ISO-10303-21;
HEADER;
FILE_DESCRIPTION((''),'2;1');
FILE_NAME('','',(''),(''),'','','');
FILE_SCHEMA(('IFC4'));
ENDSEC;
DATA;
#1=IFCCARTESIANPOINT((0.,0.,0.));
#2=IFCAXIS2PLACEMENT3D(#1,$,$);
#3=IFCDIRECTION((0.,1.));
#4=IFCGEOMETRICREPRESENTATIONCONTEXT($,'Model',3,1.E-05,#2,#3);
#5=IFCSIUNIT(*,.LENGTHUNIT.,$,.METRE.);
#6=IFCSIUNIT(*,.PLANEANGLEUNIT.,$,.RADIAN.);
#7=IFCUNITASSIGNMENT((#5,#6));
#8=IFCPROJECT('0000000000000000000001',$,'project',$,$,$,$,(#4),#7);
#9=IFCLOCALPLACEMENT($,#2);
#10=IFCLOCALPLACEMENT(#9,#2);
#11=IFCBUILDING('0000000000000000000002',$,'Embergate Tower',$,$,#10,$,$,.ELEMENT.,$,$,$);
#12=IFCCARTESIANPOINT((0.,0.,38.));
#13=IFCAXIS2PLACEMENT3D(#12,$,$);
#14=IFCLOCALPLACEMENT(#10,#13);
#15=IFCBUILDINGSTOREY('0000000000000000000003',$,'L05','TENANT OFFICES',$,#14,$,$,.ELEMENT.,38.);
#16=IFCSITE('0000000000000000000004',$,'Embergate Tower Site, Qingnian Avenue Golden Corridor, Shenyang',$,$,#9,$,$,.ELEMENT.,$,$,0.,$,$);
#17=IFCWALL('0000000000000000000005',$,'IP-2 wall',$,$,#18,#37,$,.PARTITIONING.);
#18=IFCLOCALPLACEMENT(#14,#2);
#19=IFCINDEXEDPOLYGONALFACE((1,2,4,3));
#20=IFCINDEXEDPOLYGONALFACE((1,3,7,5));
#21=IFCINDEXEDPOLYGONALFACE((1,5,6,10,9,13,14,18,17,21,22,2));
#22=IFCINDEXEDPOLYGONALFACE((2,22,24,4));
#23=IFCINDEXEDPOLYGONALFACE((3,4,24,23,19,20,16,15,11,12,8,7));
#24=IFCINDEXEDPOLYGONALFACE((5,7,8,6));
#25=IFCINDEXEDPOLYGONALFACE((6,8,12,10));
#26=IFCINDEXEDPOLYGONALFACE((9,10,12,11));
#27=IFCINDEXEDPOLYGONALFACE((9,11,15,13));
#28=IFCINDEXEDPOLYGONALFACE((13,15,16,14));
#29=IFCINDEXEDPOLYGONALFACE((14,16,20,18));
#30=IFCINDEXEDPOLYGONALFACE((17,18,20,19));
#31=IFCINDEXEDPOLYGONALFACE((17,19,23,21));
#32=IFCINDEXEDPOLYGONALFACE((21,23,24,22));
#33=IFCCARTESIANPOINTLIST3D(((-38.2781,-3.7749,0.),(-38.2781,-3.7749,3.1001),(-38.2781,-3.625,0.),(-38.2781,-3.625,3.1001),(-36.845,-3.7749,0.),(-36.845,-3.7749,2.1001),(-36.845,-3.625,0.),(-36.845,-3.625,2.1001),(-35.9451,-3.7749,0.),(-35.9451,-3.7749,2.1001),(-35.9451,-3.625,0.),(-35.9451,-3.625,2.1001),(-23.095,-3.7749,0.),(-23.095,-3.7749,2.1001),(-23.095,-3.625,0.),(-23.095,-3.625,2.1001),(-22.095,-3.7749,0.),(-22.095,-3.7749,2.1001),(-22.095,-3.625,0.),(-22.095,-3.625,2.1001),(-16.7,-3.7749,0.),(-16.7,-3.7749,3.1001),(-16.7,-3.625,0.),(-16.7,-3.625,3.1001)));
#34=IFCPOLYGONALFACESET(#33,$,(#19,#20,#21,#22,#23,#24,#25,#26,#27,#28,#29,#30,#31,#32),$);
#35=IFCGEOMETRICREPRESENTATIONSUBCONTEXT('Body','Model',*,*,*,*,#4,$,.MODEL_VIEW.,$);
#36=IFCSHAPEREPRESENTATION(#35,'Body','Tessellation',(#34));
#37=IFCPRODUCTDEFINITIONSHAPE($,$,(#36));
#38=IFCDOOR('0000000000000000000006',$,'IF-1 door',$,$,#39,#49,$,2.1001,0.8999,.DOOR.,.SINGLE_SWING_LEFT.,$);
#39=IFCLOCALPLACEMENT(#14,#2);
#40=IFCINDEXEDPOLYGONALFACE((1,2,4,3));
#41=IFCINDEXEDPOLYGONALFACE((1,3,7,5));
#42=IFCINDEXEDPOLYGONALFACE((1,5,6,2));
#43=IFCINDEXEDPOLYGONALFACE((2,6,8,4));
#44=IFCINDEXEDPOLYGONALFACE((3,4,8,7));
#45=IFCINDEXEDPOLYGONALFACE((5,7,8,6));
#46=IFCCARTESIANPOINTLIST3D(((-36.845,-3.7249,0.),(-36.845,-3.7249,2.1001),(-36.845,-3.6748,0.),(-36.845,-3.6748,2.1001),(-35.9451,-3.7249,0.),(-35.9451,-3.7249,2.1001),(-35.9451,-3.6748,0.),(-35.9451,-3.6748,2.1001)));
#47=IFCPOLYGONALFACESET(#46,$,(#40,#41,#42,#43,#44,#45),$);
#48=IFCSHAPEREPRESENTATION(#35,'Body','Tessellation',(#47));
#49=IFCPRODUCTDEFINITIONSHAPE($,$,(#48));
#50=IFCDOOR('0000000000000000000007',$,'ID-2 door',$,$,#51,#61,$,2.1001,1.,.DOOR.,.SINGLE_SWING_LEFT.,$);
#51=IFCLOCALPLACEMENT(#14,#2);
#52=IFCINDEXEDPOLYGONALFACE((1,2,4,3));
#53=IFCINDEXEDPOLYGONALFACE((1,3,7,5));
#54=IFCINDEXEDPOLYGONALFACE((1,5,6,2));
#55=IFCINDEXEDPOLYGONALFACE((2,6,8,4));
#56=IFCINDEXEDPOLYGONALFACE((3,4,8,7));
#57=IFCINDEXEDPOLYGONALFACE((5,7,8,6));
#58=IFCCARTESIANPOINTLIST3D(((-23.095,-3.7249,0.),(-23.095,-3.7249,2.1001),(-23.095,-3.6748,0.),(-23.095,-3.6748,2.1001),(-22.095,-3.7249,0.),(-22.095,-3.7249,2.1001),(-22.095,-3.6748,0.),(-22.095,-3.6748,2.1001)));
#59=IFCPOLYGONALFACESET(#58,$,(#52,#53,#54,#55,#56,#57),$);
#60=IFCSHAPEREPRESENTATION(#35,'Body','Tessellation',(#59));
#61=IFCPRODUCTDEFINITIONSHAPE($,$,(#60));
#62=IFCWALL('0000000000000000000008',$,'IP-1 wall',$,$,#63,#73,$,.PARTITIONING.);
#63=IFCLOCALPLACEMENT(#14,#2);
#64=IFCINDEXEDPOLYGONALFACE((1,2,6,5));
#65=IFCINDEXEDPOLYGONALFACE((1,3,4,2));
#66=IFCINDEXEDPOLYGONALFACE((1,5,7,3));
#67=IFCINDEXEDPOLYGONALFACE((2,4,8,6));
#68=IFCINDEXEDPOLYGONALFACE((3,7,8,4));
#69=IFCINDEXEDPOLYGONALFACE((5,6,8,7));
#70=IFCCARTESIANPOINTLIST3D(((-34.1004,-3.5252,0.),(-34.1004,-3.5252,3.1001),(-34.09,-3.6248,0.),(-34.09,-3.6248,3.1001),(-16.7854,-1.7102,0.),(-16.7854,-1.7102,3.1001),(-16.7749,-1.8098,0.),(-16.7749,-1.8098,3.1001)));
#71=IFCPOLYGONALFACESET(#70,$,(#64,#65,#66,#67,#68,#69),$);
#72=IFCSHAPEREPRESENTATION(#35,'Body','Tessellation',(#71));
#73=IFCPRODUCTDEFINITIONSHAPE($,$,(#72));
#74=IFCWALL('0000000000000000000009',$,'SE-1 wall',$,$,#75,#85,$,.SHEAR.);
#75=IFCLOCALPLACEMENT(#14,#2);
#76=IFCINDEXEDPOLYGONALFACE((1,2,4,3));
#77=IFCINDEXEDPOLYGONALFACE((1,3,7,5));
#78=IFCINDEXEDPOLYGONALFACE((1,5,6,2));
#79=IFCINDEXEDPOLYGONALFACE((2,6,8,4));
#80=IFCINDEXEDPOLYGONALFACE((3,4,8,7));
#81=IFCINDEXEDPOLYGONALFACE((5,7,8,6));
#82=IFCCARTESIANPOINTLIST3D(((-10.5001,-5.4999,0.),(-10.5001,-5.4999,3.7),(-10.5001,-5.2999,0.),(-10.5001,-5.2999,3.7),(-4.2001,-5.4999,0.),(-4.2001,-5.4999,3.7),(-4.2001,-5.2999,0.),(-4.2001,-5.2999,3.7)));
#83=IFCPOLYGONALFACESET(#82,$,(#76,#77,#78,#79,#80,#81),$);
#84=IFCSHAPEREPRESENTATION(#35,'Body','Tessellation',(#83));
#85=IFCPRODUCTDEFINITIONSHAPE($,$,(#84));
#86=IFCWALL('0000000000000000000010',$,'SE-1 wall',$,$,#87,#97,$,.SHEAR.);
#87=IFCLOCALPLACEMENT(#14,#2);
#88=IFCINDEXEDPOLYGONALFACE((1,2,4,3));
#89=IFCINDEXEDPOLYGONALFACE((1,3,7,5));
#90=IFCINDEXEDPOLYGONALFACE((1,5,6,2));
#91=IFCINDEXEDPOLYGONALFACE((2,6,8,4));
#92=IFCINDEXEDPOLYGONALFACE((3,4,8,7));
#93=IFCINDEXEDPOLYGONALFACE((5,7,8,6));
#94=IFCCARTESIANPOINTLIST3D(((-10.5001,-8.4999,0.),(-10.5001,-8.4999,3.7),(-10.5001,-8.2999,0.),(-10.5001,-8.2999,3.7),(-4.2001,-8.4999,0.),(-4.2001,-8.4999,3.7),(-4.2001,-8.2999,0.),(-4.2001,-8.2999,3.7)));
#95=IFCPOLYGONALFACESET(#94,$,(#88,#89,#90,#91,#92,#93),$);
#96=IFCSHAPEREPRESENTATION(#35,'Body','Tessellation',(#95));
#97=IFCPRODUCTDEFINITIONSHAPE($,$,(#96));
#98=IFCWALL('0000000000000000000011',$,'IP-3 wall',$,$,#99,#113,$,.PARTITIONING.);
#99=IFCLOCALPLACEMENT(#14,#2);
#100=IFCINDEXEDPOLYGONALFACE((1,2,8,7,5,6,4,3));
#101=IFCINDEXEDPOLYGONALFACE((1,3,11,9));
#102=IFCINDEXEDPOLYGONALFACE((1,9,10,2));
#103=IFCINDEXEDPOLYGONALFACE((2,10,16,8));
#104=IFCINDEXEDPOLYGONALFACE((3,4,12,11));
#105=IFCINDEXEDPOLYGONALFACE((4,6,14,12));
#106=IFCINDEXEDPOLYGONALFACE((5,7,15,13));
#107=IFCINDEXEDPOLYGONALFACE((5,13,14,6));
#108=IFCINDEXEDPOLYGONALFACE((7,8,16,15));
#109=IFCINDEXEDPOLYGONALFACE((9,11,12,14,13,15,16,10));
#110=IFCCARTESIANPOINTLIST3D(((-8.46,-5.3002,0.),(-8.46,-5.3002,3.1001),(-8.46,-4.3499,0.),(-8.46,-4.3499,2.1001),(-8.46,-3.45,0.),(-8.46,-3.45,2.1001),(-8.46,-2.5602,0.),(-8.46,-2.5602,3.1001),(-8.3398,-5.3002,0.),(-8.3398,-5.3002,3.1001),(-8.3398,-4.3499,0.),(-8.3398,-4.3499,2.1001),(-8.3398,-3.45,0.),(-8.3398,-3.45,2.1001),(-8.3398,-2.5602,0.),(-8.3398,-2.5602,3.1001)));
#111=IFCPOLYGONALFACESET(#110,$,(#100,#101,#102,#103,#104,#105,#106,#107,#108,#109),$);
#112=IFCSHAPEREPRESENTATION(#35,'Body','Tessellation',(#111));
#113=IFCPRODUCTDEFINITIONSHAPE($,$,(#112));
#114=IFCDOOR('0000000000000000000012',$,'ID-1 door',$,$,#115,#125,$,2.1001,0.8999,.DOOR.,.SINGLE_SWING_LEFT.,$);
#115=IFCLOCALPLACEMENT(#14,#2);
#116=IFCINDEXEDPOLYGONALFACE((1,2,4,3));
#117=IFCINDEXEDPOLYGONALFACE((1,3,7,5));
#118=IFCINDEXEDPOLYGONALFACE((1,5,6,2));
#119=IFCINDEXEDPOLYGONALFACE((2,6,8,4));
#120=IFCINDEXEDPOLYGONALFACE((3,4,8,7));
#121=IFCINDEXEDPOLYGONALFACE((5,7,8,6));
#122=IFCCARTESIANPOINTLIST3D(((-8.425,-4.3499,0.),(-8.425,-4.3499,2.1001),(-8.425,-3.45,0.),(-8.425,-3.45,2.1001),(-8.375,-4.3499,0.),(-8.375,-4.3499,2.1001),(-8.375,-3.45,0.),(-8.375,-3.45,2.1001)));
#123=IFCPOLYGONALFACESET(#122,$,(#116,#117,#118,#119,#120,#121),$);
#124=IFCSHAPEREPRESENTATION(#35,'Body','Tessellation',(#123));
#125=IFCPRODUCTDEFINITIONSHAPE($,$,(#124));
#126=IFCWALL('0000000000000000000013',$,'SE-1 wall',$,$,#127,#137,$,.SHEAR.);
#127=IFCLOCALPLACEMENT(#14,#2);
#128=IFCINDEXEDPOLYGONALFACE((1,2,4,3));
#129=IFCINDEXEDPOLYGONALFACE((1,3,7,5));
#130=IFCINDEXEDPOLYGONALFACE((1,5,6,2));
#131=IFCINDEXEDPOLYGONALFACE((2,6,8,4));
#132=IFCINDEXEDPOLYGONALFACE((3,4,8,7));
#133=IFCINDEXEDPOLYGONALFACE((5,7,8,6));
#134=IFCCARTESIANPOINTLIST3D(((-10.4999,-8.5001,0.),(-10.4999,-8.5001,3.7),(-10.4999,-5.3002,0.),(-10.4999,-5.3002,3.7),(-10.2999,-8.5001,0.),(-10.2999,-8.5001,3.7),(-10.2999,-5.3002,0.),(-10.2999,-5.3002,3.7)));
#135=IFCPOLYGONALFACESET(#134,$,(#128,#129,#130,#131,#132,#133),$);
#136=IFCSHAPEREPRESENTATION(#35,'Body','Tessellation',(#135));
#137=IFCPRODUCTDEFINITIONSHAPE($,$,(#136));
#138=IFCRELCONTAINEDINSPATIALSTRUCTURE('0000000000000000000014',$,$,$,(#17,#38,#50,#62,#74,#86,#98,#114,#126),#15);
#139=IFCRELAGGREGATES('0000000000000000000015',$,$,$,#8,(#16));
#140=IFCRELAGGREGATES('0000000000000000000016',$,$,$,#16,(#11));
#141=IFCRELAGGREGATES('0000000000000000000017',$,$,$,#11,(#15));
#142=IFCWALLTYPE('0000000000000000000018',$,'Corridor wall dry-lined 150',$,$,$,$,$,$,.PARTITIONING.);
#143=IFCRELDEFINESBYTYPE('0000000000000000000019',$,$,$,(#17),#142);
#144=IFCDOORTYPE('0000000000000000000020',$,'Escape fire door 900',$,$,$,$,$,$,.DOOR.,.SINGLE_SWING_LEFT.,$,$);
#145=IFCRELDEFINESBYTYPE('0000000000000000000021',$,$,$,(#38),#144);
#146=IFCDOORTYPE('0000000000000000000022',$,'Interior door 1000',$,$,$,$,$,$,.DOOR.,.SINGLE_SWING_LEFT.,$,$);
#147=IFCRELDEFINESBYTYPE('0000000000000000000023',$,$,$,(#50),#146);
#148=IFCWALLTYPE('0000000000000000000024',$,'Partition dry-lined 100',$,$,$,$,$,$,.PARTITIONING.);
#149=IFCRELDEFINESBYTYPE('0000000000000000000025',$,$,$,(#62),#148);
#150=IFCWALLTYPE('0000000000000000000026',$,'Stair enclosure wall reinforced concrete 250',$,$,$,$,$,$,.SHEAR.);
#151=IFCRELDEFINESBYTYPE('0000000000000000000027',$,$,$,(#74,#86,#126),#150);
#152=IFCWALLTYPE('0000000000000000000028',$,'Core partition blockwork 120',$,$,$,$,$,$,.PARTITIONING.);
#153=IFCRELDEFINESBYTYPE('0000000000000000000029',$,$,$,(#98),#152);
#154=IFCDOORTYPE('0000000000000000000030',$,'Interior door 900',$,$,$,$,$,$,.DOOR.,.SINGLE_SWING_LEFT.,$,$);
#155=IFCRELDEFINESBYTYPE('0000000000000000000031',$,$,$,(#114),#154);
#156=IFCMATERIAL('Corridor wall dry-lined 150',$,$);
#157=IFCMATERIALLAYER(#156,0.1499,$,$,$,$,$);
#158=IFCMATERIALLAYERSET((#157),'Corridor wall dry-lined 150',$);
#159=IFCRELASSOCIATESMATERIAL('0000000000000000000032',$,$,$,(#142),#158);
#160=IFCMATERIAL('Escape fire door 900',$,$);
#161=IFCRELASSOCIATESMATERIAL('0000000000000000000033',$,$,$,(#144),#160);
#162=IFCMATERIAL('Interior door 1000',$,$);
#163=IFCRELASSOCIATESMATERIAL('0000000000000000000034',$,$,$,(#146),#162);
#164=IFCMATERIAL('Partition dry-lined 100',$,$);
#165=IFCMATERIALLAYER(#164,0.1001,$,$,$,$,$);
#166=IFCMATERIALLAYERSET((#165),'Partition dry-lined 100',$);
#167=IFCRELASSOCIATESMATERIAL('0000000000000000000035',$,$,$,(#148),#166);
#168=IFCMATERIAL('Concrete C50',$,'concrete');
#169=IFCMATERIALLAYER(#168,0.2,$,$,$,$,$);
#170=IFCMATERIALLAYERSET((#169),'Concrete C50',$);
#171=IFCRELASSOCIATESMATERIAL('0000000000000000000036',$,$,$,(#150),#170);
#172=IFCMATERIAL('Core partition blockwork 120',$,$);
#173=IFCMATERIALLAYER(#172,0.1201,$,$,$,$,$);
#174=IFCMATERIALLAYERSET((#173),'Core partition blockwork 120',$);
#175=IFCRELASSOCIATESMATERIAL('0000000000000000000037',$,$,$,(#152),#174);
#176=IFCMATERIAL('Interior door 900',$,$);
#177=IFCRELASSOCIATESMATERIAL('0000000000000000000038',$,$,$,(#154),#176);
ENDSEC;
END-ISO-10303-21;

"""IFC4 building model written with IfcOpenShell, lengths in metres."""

from ifc_helpers import new_model, si_unit, direction, frame, frame_2d, origin, place, context, subcontext, project, spatial, rectangle, extrude, source, transform, mapped, material, layer, layer_set, type_object, element, fill, save


model = new_model("IFC4")

# Units and contexts
model_context = context("Model", 3, precision=1e-05, world=origin(), true_north=direction((0.0, 1.0)))
body_context = subcontext(model_context, "Body", "Model", "MODEL_VIEW")
ifc_project = project(units=[si_unit("LENGTHUNIT", "METRE"), si_unit("PLANEANGLEUNIT", "RADIAN")], contexts=[model_context])

# Site, building, storey
site_placement = place(None, origin())
site = spatial("IfcSite", under=ifc_project, at=site_placement, Name="Embergate Tower Site, Qingnian Avenue Golden Corridor, Shenyang", CompositionType="ELEMENT", RefElevation=0.0)
building_placement = place(site_placement, origin())
building = spatial("IfcBuilding", under=site, at=building_placement, Name="Embergate Tower", CompositionType="ELEMENT")
storey_placement = place(building_placement, frame((0.0, 0.0, 38.0)))
storey = spatial("IfcBuildingStorey", under=building, at=storey_placement, Name="L05", Description="TENANT OFFICES", CompositionType="ELEMENT", Elevation=38.0)

# Shared definitions
ifc_material_1 = material(Name="Corridor wall dry-lined 150")
ifc_layer_1 = layer(ifc_material_1, 0.1499)
ifc_layer_set_1 = layer_set([ifc_layer_1], Name="Corridor wall dry-lined 150")
wall_type_1 = type_object("IfcWallType", Name="Corridor wall dry-lined 150", PredefinedType="PARTITIONING", material=ifc_layer_set_1)

# Wall, openings, doors
shared_shape_1 = source(origin(), body_context, "Body", "SweptSolid", [
    extrude(rectangle(XDim=21.5781, YDim=0.1499, at=frame_2d((10.7891, 0.0))), origin(), (0.0, 0.0, 1.0), 3.1001),
])
wall_1_placement = place(storey_placement, frame((-16.7, -3.7, 0.0), z_axis=(0.0, 0.0, 1.0), x_axis=(-1.0, 0.0, 0.0)))
wall_1 = element("IfcWall", 1, at=wall_1_placement, inside=storey, type_object=wall_type_1, Name="IP-2 wall", PredefinedType="PARTITIONING", context=body_context, shape_type="MappedRepresentation", body=[
    mapped(shared_shape_1, transform((0.0, 0.0, 0.0))),
])
shared_shape_2 = source(origin(), body_context, "Body", "SweptSolid", [
    extrude(rectangle(XDim=0.8999, YDim=2.1001, at=frame_2d((0.45, 1.05))), frame((0.0, 0.085, 0.0), z_axis=(0.0, -1.0, 0.0), x_axis=(1.0, 0.0, 0.0)), (0.0, 0.0, 1.0), 0.1699),
])
opening_1_placement = place(wall_1_placement, frame((19.2451, 0.0, 0.0)))
opening_1 = element("IfcOpeningElement", 2, at=opening_1_placement, cuts=wall_1, PredefinedType="OPENING", context=body_context, shape_type="MappedRepresentation", body=[
    mapped(shared_shape_2, transform((0.0, 0.0, 0.0))),
])
shared_shape_3 = source(origin(), body_context, "Body", "SweptSolid", [
    extrude(rectangle(XDim=1.0, YDim=2.1001, at=frame_2d((0.5, 1.05))), frame((0.0, 0.085, 0.0), z_axis=(0.0, -1.0, 0.0), x_axis=(1.0, 0.0, 0.0)), (0.0, 0.0, 1.0), 0.1699),
])
opening_2_placement = place(wall_1_placement, frame((5.395, 0.0, 0.0)))
opening_2 = element("IfcOpeningElement", 3, at=opening_2_placement, cuts=wall_1, PredefinedType="OPENING", context=body_context, shape_type="MappedRepresentation", body=[
    mapped(shared_shape_3, transform((0.0, 0.0, 0.0))),
])
ifc_material_2 = material(Name="Escape fire door 900")
door_type_1 = type_object("IfcDoorType", Name="Escape fire door 900", OperationType="SINGLE_SWING_LEFT", PredefinedType="DOOR", material=ifc_material_2)
shared_shape_4 = source(origin(), body_context, "Body", "SweptSolid", [
    extrude(rectangle(XDim=0.8999, YDim=2.1001, at=frame_2d((0.45, 1.05))), frame((0.0, 0.0249, 0.0), z_axis=(0.0, -1.0, 0.0), x_axis=(1.0, 0.0, 0.0)), (0.0, 0.0, 1.0), 0.05),
])
door_1_placement = place(opening_1_placement, origin())
door_1 = element("IfcDoor", 4, at=door_1_placement, inside=storey, type_object=door_type_1, Name="IF-1 door", OperationType="SINGLE_SWING_LEFT", OverallHeight=2.1001, OverallWidth=0.8999, PredefinedType="DOOR", context=body_context, shape_type="MappedRepresentation", body=[
    mapped(shared_shape_4, transform((0.0, 0.0, 0.0))),
])
fill(opening_1, door_1)
ifc_material_3 = material(Name="Interior door 1000")
door_type_2 = type_object("IfcDoorType", Name="Interior door 1000", OperationType="SINGLE_SWING_LEFT", PredefinedType="DOOR", material=ifc_material_3)
shared_shape_5 = source(origin(), body_context, "Body", "SweptSolid", [
    extrude(rectangle(XDim=1.0, YDim=2.1001, at=frame_2d((0.5, 1.05))), frame((0.0, 0.0249, 0.0), z_axis=(0.0, -1.0, 0.0), x_axis=(1.0, 0.0, 0.0)), (0.0, 0.0, 1.0), 0.05),
])
door_2_placement = place(opening_2_placement, origin())
door_2 = element("IfcDoor", 5, at=door_2_placement, inside=storey, type_object=door_type_2, Name="ID-2 door", OperationType="SINGLE_SWING_LEFT", OverallHeight=2.1001, OverallWidth=1.0, PredefinedType="DOOR", context=body_context, shape_type="MappedRepresentation", body=[
    mapped(shared_shape_5, transform((0.0, 0.0, 0.0))),
])
fill(opening_2, door_2)

# Walls
ifc_material_4 = material(Name="Partition dry-lined 100")
ifc_layer_2 = layer(ifc_material_4, 0.1001)
ifc_layer_set_2 = layer_set([ifc_layer_2], Name="Partition dry-lined 100")
wall_type_2 = type_object("IfcWallType", Name="Partition dry-lined 100", PredefinedType="PARTITIONING", material=ifc_layer_set_2)
shared_shape_6 = source(origin(), body_context, "Body", "SweptSolid", [
    extrude(rectangle(XDim=17.4099, YDim=0.1001, at=frame_2d((8.7051, 0.0))), origin(), (0.0, 0.0, 1.0), 3.1001),
])
wall_2_placement = place(storey_placement, frame((-16.78, -1.76, 0.0), z_axis=(0.0, 0.0, 1.0), x_axis=(-0.994551, -0.104248, 0.0)))
element("IfcWall", 6, at=wall_2_placement, inside=storey, type_object=wall_type_2, Name="IP-1 wall", PredefinedType="PARTITIONING", context=body_context, shape_type="MappedRepresentation", body=[
    mapped(shared_shape_6, transform((0.0, 0.0, 0.0))),
])
ifc_material_5 = material(Name="Concrete C50", Category="concrete")
ifc_layer_3 = layer(ifc_material_5, 0.2)
ifc_layer_set_3 = layer_set([ifc_layer_3], Name="Concrete C50")
wall_type_3 = type_object("IfcWallType", Name="Stair enclosure wall reinforced concrete 250", PredefinedType="SHEAR", material=ifc_layer_set_3)
shared_shape_7 = source(origin(), body_context, "Body", "SweptSolid", [
    extrude(rectangle(XDim=6.3, YDim=0.2, at=frame_2d((3.1499, 0.0))), origin(), (0.0, 0.0, 1.0), 3.7),
])
for number, where, z_axis, x_axis, name in (
    (7, (-10.5, -5.3999, 0.0), (0.0, 0.0, 1.0), (1.0, 0.0, 0.0), "SE-1 wall"),
    (8, (-10.5, -8.3999, 0.0), (0.0, 0.0, 1.0), (1.0, 0.0, 0.0), "SE-1 wall"),
):
    element("IfcWall", number, at=place(storey_placement, frame(where, z_axis=z_axis, x_axis=x_axis)), inside=storey, type_object=wall_type_3, Name=name, PredefinedType="SHEAR", context=body_context, shape_type="MappedRepresentation", body=[
        mapped(shared_shape_7, transform((0.0, 0.0, 0.0))),
    ])

# Wall, opening, door
ifc_material_6 = material(Name="Core partition blockwork 120")
ifc_layer_4 = layer(ifc_material_6, 0.1201)
ifc_layer_set_4 = layer_set([ifc_layer_4], Name="Core partition blockwork 120")
wall_type_4 = type_object("IfcWallType", Name="Core partition blockwork 120", PredefinedType="PARTITIONING", material=ifc_layer_set_4)
shared_shape_8 = source(origin(), body_context, "Body", "SweptSolid", [
    extrude(rectangle(XDim=2.74, YDim=0.1201, at=frame_2d((1.3701, 0.0))), origin(), (0.0, 0.0, 1.0), 3.1001),
])
wall_3_placement = place(storey_placement, frame((-8.3999, -2.5601, 0.0), z_axis=(0.0, 0.0, 1.0), x_axis=(0.0, -1.0, 0.0)))
wall_3 = element("IfcWall", 9, at=wall_3_placement, inside=storey, type_object=wall_type_4, Name="IP-3 wall", PredefinedType="PARTITIONING", context=body_context, shape_type="MappedRepresentation", body=[
    mapped(shared_shape_8, transform((0.0, 0.0, 0.0))),
])
shared_shape_9 = source(origin(), body_context, "Body", "SweptSolid", [
    extrude(rectangle(XDim=0.8999, YDim=2.1001, at=frame_2d((0.45, 1.05))), frame((0.0, 0.0701, 0.0), z_axis=(0.0, -1.0, 0.0), x_axis=(1.0, 0.0, 0.0)), (0.0, 0.0, 1.0), 0.1401),
])
opening_3_placement = place(wall_3_placement, frame((0.8899, 0.0, 0.0)))
opening_3 = element("IfcOpeningElement", 10, at=opening_3_placement, cuts=wall_3, PredefinedType="OPENING", context=body_context, shape_type="MappedRepresentation", body=[
    mapped(shared_shape_9, transform((0.0, 0.0, 0.0))),
])
ifc_material_7 = material(Name="Interior door 900")
door_type_3 = type_object("IfcDoorType", Name="Interior door 900", OperationType="SINGLE_SWING_LEFT", PredefinedType="DOOR", material=ifc_material_7)
door_3_placement = place(opening_3_placement, origin())
door_3 = element("IfcDoor", 11, at=door_3_placement, inside=storey, type_object=door_type_3, Name="ID-1 door", OperationType="SINGLE_SWING_LEFT", OverallHeight=2.1001, OverallWidth=0.8999, PredefinedType="DOOR", context=body_context, shape_type="MappedRepresentation", body=[
    mapped(shared_shape_4, transform((0.0, 0.0, 0.0))),
])
fill(opening_3, door_3)

# Wall
shared_shape_10 = source(origin(), body_context, "Body", "SweptSolid", [
    extrude(rectangle(XDim=3.2, YDim=0.2, at=frame_2d((1.6001, 0.0))), origin(), (0.0, 0.0, 1.0), 3.7),
])
wall_4_placement = place(storey_placement, frame((-10.3999, -5.3, 0.0), z_axis=(0.0, 0.0, 1.0), x_axis=(0.0, -1.0, 0.0)))
element("IfcWall", 12, at=wall_4_placement, inside=storey, type_object=wall_type_3, Name="SE-1 wall", PredefinedType="SHEAR", context=body_context, shape_type="MappedRepresentation", body=[
    mapped(shared_shape_10, transform((0.0, 0.0, 0.0))),
])

save(model, "model.ifc")
